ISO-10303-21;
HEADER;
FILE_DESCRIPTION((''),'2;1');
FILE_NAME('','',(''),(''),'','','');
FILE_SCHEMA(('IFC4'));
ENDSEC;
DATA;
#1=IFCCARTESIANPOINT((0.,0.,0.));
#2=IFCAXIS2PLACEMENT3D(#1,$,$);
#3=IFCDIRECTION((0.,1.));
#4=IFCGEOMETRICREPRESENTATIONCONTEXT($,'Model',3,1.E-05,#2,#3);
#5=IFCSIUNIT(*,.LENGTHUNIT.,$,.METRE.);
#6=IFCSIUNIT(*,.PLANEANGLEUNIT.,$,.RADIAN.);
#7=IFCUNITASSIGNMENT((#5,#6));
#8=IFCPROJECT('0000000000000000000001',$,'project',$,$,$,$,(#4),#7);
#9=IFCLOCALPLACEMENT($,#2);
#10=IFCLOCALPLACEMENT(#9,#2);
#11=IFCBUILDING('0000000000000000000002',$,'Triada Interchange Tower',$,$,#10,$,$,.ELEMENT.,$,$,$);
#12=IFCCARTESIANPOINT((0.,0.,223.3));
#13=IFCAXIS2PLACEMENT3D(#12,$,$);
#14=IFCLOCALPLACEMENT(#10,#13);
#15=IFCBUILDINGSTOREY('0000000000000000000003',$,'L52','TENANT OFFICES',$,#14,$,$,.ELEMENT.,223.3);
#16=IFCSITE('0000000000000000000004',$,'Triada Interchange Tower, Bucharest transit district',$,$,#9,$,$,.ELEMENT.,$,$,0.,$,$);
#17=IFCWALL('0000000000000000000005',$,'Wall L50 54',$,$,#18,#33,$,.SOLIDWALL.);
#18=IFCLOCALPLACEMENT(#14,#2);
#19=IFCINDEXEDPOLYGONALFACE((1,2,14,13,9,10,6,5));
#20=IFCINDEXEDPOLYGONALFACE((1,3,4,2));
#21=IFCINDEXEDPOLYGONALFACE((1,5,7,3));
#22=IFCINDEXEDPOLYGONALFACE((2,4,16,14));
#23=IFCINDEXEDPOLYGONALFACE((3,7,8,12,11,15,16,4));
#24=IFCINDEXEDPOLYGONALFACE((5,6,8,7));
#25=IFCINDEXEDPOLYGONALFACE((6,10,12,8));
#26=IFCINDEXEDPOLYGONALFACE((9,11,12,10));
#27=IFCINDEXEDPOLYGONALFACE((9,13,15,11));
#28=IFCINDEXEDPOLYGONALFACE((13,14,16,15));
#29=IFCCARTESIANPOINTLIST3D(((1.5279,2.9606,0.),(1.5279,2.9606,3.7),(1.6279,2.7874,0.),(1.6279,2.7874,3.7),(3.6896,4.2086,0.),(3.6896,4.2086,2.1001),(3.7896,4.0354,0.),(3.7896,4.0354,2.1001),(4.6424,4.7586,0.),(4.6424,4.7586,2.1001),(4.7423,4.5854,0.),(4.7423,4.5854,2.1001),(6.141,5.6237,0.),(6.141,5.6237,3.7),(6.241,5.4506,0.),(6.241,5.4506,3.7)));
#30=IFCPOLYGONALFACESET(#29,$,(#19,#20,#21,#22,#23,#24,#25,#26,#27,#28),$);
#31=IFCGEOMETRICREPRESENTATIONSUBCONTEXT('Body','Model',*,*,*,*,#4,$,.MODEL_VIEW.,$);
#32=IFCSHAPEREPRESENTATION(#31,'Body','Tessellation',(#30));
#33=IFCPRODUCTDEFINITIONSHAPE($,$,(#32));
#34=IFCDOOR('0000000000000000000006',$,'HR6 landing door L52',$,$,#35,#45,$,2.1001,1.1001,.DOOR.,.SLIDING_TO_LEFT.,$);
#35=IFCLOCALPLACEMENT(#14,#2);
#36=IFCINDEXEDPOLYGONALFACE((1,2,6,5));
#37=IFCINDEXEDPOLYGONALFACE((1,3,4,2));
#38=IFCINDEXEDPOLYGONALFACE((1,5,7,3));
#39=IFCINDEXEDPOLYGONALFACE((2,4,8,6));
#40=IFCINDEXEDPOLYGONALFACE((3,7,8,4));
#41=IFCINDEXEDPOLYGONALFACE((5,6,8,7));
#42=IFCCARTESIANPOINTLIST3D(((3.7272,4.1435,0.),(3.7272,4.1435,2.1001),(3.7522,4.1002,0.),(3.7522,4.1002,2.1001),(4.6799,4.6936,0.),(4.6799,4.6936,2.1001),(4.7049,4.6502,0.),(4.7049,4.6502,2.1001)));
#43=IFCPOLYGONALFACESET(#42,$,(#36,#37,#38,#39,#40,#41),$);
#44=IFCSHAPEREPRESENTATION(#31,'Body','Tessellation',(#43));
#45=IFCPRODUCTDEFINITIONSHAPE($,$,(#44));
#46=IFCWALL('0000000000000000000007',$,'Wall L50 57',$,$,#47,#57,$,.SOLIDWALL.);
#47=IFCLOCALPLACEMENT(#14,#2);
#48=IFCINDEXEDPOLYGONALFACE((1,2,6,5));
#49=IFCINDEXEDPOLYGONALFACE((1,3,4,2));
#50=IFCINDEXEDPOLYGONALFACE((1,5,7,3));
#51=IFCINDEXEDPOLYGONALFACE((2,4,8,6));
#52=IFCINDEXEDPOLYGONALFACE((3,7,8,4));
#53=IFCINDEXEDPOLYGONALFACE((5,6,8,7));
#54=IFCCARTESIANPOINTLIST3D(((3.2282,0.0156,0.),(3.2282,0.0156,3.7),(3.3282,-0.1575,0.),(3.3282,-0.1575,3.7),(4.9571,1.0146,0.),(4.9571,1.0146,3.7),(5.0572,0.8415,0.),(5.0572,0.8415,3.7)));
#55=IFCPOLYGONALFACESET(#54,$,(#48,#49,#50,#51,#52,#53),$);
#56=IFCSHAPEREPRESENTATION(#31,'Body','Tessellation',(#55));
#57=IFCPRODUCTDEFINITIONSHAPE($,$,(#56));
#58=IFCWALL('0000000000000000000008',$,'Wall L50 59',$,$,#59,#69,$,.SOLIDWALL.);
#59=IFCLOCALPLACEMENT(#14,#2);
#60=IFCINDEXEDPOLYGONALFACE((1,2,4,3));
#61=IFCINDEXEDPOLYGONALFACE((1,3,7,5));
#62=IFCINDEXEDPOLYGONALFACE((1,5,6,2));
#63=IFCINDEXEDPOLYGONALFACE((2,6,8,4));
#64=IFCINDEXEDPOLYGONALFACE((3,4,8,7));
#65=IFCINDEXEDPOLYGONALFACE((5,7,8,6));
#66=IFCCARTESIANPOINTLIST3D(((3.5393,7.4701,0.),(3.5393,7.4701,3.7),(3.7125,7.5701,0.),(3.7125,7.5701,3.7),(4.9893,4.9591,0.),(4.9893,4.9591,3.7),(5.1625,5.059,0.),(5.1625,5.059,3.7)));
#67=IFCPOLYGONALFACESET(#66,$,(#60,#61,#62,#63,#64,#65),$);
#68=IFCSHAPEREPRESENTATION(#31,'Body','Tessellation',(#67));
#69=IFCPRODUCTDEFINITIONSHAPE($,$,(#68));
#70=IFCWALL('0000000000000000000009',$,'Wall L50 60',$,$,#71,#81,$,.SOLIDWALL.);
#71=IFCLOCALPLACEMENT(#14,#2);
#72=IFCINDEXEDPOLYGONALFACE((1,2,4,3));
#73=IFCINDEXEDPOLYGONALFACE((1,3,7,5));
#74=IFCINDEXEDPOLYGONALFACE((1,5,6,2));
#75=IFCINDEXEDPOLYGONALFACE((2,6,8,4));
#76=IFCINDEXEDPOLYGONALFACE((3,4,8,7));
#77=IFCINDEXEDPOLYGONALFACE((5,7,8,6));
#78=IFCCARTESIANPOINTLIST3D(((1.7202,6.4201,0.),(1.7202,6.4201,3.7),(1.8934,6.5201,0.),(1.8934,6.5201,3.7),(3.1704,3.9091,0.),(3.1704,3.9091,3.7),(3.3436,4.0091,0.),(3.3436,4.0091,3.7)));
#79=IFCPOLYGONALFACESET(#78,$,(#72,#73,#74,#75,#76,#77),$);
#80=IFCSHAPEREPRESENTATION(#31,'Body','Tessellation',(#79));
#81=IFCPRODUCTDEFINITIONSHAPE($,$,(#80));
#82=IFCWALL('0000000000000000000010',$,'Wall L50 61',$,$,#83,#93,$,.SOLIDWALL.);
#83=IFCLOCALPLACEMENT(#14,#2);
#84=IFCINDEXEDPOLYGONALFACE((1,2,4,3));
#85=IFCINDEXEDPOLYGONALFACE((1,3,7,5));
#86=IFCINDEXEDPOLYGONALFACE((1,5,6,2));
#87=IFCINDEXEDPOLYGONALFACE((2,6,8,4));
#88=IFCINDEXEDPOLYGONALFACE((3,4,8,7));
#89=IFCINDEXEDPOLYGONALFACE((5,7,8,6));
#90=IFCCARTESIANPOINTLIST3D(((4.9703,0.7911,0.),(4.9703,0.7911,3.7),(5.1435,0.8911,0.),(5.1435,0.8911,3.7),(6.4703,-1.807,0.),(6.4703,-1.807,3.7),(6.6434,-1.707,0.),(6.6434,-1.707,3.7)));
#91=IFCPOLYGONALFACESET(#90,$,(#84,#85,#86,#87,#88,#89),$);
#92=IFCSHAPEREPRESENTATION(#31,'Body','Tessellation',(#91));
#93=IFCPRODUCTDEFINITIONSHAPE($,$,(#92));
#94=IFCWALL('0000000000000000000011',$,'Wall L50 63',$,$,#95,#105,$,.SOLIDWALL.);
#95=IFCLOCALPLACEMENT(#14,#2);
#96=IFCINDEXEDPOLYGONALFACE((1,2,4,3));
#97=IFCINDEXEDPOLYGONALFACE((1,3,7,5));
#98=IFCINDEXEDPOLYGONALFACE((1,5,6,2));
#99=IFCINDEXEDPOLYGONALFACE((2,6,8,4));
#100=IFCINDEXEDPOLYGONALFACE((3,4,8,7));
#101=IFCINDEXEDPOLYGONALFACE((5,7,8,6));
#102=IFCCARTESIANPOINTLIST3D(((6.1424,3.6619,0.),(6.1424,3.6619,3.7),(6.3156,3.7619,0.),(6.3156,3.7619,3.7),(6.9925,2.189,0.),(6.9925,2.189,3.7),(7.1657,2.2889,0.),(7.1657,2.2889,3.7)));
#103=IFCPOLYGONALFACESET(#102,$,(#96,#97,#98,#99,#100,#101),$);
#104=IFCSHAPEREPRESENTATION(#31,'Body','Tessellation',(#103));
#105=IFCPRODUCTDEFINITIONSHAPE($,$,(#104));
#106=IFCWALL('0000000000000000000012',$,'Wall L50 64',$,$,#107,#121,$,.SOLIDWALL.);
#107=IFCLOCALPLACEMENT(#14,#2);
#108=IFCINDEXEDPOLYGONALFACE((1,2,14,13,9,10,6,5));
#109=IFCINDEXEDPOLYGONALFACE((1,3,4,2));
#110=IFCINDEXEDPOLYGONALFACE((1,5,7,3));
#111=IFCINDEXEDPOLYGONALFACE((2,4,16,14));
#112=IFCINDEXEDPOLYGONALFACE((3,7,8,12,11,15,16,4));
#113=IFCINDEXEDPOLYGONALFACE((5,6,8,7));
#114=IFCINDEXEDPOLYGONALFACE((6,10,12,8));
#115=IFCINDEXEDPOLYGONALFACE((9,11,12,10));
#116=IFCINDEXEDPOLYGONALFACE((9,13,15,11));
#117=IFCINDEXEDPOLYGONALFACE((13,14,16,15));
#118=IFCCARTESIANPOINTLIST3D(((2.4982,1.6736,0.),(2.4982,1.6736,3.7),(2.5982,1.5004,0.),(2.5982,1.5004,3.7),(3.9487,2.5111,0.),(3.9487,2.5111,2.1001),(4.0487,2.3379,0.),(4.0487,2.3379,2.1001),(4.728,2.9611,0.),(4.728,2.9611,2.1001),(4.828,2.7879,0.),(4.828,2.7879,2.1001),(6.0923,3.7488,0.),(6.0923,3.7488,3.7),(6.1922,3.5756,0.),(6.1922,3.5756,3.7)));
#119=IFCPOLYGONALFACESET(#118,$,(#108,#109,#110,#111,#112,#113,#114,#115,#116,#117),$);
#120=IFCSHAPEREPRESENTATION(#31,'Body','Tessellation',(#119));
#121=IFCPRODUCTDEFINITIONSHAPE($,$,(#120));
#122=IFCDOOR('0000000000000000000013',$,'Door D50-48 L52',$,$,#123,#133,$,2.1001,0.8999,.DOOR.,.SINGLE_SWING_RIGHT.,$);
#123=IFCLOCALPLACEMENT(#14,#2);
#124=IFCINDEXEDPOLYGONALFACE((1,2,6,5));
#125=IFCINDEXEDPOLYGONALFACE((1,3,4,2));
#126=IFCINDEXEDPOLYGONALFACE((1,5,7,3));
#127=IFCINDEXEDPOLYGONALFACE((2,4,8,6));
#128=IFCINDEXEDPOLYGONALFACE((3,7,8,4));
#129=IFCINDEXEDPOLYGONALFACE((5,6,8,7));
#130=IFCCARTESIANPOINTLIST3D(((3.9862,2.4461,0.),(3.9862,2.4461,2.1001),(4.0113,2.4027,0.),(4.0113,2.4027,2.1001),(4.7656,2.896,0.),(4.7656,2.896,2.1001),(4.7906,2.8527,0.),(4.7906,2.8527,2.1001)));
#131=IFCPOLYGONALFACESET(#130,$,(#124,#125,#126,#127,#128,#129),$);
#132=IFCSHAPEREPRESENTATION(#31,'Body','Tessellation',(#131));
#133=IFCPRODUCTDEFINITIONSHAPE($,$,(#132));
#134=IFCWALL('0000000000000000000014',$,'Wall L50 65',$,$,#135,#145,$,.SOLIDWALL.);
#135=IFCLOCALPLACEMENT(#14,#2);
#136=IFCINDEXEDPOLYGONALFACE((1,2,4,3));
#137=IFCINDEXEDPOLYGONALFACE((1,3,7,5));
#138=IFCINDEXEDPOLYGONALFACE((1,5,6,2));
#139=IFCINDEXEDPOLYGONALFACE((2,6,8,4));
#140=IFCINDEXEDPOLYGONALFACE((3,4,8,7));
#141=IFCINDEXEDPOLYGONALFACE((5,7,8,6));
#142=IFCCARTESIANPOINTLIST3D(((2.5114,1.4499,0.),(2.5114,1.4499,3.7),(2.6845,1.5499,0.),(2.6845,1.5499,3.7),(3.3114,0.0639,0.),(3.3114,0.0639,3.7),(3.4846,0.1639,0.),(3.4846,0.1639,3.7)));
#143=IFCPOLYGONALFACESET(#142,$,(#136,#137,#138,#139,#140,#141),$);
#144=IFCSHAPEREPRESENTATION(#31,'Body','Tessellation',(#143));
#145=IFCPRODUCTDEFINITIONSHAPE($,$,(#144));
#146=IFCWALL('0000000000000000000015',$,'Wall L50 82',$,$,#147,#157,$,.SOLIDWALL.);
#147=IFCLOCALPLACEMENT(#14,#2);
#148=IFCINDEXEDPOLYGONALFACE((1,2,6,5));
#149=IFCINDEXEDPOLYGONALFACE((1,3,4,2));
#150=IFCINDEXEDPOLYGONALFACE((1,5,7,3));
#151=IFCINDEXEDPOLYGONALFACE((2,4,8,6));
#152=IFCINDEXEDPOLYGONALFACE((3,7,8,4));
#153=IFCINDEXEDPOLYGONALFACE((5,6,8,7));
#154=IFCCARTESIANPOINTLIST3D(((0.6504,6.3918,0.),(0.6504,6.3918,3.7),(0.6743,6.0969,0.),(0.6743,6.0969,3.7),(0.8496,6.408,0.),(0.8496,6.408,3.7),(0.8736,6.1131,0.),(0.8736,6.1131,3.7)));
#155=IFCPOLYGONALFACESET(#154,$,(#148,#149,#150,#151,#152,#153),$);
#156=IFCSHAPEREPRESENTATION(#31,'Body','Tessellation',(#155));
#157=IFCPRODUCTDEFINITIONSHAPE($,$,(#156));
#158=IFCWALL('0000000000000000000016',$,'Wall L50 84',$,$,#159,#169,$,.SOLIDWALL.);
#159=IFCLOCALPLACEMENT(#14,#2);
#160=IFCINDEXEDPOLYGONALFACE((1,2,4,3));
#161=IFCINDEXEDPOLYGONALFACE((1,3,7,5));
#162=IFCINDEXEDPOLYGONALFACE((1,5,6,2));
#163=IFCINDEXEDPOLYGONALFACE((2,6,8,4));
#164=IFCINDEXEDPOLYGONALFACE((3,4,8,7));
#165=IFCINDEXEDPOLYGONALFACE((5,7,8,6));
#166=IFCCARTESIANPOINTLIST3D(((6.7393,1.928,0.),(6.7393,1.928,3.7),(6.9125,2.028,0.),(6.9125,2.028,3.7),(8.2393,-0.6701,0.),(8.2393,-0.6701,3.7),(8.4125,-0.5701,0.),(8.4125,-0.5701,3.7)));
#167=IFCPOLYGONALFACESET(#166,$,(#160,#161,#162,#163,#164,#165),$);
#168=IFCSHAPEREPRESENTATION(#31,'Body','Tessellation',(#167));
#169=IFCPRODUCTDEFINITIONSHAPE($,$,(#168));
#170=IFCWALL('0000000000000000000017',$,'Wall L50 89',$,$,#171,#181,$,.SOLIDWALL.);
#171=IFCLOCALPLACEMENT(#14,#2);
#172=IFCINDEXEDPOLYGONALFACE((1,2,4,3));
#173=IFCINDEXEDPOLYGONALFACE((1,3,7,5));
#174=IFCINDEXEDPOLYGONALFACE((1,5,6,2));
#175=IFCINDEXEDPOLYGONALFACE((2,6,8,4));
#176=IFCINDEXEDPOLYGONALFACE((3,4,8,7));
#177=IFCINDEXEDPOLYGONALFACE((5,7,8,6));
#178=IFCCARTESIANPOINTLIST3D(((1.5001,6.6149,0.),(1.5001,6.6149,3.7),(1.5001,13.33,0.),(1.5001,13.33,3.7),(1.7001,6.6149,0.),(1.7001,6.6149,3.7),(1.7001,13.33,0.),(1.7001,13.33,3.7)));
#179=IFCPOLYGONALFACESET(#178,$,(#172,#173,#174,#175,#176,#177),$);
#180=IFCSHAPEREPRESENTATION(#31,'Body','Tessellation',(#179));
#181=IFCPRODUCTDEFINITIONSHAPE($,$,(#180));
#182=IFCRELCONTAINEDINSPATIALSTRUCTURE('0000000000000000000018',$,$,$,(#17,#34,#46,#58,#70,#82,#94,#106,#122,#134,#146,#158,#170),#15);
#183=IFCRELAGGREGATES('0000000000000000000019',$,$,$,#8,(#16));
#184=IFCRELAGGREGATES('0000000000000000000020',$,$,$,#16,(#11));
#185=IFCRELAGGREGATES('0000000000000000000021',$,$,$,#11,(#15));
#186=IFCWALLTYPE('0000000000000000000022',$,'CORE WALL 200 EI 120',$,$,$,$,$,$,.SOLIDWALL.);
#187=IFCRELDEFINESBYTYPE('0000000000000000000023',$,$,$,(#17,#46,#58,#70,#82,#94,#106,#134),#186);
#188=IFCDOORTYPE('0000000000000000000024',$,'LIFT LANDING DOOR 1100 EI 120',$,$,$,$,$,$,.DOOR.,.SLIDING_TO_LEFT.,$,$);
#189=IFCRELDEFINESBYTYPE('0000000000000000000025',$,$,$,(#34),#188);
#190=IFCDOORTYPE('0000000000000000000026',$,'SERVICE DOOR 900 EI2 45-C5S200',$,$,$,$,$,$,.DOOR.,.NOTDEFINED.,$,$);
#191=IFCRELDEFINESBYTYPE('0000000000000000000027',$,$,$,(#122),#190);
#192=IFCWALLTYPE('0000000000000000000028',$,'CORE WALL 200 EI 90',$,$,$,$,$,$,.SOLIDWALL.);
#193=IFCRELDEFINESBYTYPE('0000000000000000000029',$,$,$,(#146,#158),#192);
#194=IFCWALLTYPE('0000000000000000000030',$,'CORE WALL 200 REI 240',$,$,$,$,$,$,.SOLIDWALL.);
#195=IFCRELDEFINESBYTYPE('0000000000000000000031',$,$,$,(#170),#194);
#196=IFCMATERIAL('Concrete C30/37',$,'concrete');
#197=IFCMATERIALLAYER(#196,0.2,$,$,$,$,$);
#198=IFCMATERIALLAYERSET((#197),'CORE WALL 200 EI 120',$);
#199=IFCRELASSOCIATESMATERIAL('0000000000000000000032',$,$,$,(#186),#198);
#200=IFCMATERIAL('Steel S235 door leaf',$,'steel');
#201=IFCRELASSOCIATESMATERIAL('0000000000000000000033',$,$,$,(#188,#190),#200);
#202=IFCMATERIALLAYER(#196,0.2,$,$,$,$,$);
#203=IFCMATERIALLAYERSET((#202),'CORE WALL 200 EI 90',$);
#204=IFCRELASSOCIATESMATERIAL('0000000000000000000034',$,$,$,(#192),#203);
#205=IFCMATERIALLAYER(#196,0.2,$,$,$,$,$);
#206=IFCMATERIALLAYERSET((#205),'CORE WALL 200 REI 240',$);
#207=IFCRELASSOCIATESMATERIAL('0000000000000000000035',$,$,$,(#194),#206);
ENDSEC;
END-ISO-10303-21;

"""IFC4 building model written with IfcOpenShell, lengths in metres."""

from ifc_helpers import new_model, si_unit, direction, frame, frame_2d, origin, place, context, subcontext, project, spatial, rectangle, extrude, material, layer, layer_set, type_object, element, fill, save


model = new_model("IFC4")

# Units and contexts
model_context = context("Model", 3, precision=1e-05, world=origin(), true_north=direction((0.0, 1.0)))
body_context = subcontext(model_context, "Body", "Model", "MODEL_VIEW")
ifc_project = project(units=[si_unit("LENGTHUNIT", "METRE"), si_unit("PLANEANGLEUNIT", "RADIAN")], contexts=[model_context])

# Site, building, storey
site_placement = place(None, origin())
site = spatial("IfcSite", under=ifc_project, at=site_placement, Name="Triada Interchange Tower, Bucharest transit district", CompositionType="ELEMENT", RefElevation=0.0)
building_placement = place(site_placement, origin())
building = spatial("IfcBuilding", under=site, at=building_placement, Name="Triada Interchange Tower", CompositionType="ELEMENT")
storey_placement = place(building_placement, frame((0.0, 0.0, 223.3)))
storey = spatial("IfcBuildingStorey", under=building, at=storey_placement, Name="L52", Description="TENANT OFFICES", CompositionType="ELEMENT", Elevation=223.3)

# Shared definitions
ifc_material_1 = material(Name="Concrete C30/37", Category="concrete")
ifc_layer_1 = layer(ifc_material_1, 0.2)
ifc_layer_set_1 = layer_set([ifc_layer_1], Name="CORE WALL 200 EI 120")
wall_type_1 = type_object("IfcWallType", Name="CORE WALL 200 EI 120", PredefinedType="SOLIDWALL", material=ifc_layer_set_1)
ifc_material_2 = material(Name="Steel S235 door leaf", Category="steel")
door_type_1 = type_object("IfcDoorType", Name="LIFT LANDING DOOR 1100 EI 120", OperationType="SLIDING_TO_LEFT", PredefinedType="DOOR", material=ifc_material_2)

# Wall, opening, door
wall_1_placement = place(storey_placement, frame((1.5779, 2.874, 0.0), z_axis=(0.0, 0.0, 1.0), x_axis=(0.866046, 0.499964, 0.0)))
wall_1 = element("IfcWall", 1, at=wall_1_placement, inside=storey, type_object=wall_type_1, Name="Wall L50 54", PredefinedType="SOLIDWALL", context=body_context, shape_type="SweptSolid", body=[
    extrude(rectangle(XDim=5.3267, YDim=0.2, at=frame_2d((2.6633, 0.0))), origin(), (0.0, 0.0, 1.0), 3.7),
])
opening_1_placement = place(wall_1_placement, frame((2.4961, 0.0, 0.0)))
opening_1 = element("IfcOpeningElement", 2, at=opening_1_placement, cuts=wall_1, PredefinedType="OPENING", context=body_context, shape_type="SweptSolid", body=[
    extrude(rectangle(XDim=1.1001, YDim=2.1001, at=frame_2d((0.55, 1.05))), frame((0.0, 0.1099, 0.0), z_axis=(0.0, -1.0, 0.0), x_axis=(1.0, 0.0, 0.0)), (0.0, 0.0, 1.0), 0.22),
])
door_1_placement = place(opening_1_placement, origin())
door_1 = element("IfcDoor", 3, at=door_1_placement, inside=storey, type_object=door_type_1, Name="HR6 landing door L52", OperationType="SLIDING_TO_LEFT", OverallHeight=2.1001, OverallWidth=1.1001, PredefinedType="DOOR", context=body_context, shape_type="SweptSolid", body=[
    extrude(rectangle(XDim=1.1001, YDim=2.1001, at=frame_2d((0.55, 1.05))), frame((0.0, 0.0249, 0.0), z_axis=(0.0, -1.0, 0.0), x_axis=(1.0, 0.0, 0.0)), (0.0, 0.0, 1.0), 0.05),
])
fill(opening_1, door_1)

# Walls
wall_2_placement = place(storey_placement, frame((3.2781, -0.071, 0.0), z_axis=(0.0, 0.0, 1.0), x_axis=(0.865856, 0.500294, 0.0)))
element("IfcWall", 4, at=wall_2_placement, inside=storey, type_object=wall_type_1, Name="Wall L50 57", PredefinedType="SOLIDWALL", context=body_context, shape_type="SweptSolid", body=[
    extrude(rectangle(XDim=1.9968, YDim=0.2, at=frame_2d((0.9985, 0.0))), origin(), (0.0, 0.0, 1.0), 3.7),
])
for number, where, z_axis, x_axis, name in (
    (5, (3.626, 7.52, 0.0), (0.0, 0.0, 1.0), (0.50006, -0.865991, 0.0), "Wall L50 59"),
    (6, (1.8069, 6.47, 0.0), (0.0, 0.0, 1.0), (0.500123, -0.865954, 0.0), "Wall L50 60"),
):
    element("IfcWall", number, at=place(storey_placement, frame(where, z_axis=z_axis, x_axis=x_axis)), inside=storey, type_object=wall_type_1, Name=name, PredefinedType="SOLIDWALL", context=body_context, shape_type="SweptSolid", body=[
        extrude(rectangle(XDim=2.8997, YDim=0.2, at=frame_2d((1.4497, 0.0))), origin(), (0.0, 0.0, 1.0), 3.7),
    ])
wall_3_placement = place(storey_placement, frame((5.0569, 0.8411, 0.0), z_axis=(0.0, 0.0, 1.0), x_axis=(0.49999, -0.866031, 0.0)))
element("IfcWall", 7, at=wall_3_placement, inside=storey, type_object=wall_type_1, Name="Wall L50 61", PredefinedType="SOLIDWALL", context=body_context, shape_type="SweptSolid", body=[
    extrude(rectangle(XDim=3.0, YDim=0.2, at=frame_2d((1.5, 0.0))), origin(), (0.0, 0.0, 1.0), 3.7),
])
wall_4_placement = place(storey_placement, frame((6.229, 3.7119, 0.0), z_axis=(0.0, 0.0, 1.0), x_axis=(0.499876, -0.866097, 0.0)))
element("IfcWall", 8, at=wall_4_placement, inside=storey, type_object=wall_type_1, Name="Wall L50 63", PredefinedType="SOLIDWALL", context=body_context, shape_type="SweptSolid", body=[
    extrude(rectangle(XDim=1.7007, YDim=0.2, at=frame_2d((0.8503, 0.0))), origin(), (0.0, 0.0, 1.0), 3.7),
])

# Wall, opening, door
wall_5_placement = place(storey_placement, frame((2.5481, 1.5869, 0.0), z_axis=(0.0, 0.0, 1.0), x_axis=(0.866004, 0.500036, 0.0)))
wall_5 = element("IfcWall", 9, at=wall_5_placement, inside=storey, type_object=wall_type_1, Name="Wall L50 64", PredefinedType="SOLIDWALL", context=body_context, shape_type="SweptSolid", body=[
    extrude(rectangle(XDim=4.1501, YDim=0.2, at=frame_2d((2.0752, 0.0))), origin(), (0.0, 0.0, 1.0), 3.7),
])
opening_2_placement = place(wall_5_placement, frame((1.675, 0.0, 0.0)))
opening_2 = element("IfcOpeningElement", 10, at=opening_2_placement, cuts=wall_5, PredefinedType="OPENING", context=body_context, shape_type="SweptSolid", body=[
    extrude(rectangle(XDim=0.8999, YDim=2.1001, at=frame_2d((0.45, 1.05))), frame((0.0, 0.1099, 0.0), z_axis=(0.0, -1.0, 0.0), x_axis=(1.0, 0.0, 0.0)), (0.0, 0.0, 1.0), 0.22),
])
door_type_2 = type_object("IfcDoorType", Name="SERVICE DOOR 900 EI2 45-C5S200", OperationType="NOTDEFINED", PredefinedType="DOOR", material=ifc_material_2)
door_2_placement = place(opening_2_placement, origin())
door_2 = element("IfcDoor", 11, at=door_2_placement, inside=storey, type_object=door_type_2, Name="Door D50-48 L52", OperationType="SINGLE_SWING_RIGHT", OverallHeight=2.1001, OverallWidth=0.8999, PredefinedType="DOOR", context=body_context, shape_type="SweptSolid", body=[
    extrude(rectangle(XDim=0.8999, YDim=2.1001, at=frame_2d((0.45, 1.05))), frame((0.0, 0.0249, 0.0), z_axis=(0.0, -1.0, 0.0), x_axis=(1.0, 0.0, 0.0)), (0.0, 0.0, 1.0), 0.05),
])
fill(opening_2, door_2)

# Walls
wall_6_placement = place(storey_placement, frame((2.5979, 1.5, 0.0), z_axis=(0.0, 0.0, 1.0), x_axis=(0.499929, -0.866066, 0.0)))
element("IfcWall", 12, at=wall_6_placement, inside=storey, type_object=wall_type_1, Name="Wall L50 65", PredefinedType="SOLIDWALL", context=body_context, shape_type="SweptSolid", body=[
    extrude(rectangle(XDim=1.6003, YDim=0.2, at=frame_2d((0.8003, 0.0))), origin(), (0.0, 0.0, 1.0), 3.7),
])
ifc_layer_2 = layer(ifc_material_1, 0.2)
ifc_layer_set_2 = layer_set([ifc_layer_2], Name="CORE WALL 200 EI 90")
wall_type_2 = type_object("IfcWallType", Name="CORE WALL 200 EI 90", PredefinedType="SOLIDWALL", material=ifc_layer_set_2)
wall_7_placement = place(storey_placement, frame((0.75, 6.3999, 0.0), z_axis=(0.0, 0.0, 1.0), x_axis=(0.08086, -0.996725, 0.0)))
element("IfcWall", 13, at=wall_7_placement, inside=storey, type_object=wall_type_2, Name="Wall L50 82", PredefinedType="SOLIDWALL", context=body_context, shape_type="SweptSolid", body=[
    extrude(rectangle(XDim=0.2959, YDim=0.2, at=frame_2d((0.1479, 0.0))), origin(), (0.0, 0.0, 1.0), 3.7),
])
wall_8_placement = place(storey_placement, frame((6.8259, 1.978, 0.0), z_axis=(0.0, 0.0, 1.0), x_axis=(0.49999, -0.866031, 0.0)))
element("IfcWall", 14, at=wall_8_placement, inside=storey, type_object=wall_type_2, Name="Wall L50 84", PredefinedType="SOLIDWALL", context=body_context, shape_type="SweptSolid", body=[
    extrude(rectangle(XDim=3.0, YDim=0.2, at=frame_2d((1.5, 0.0))), origin(), (0.0, 0.0, 1.0), 3.7),
])
ifc_layer_3 = layer(ifc_material_1, 0.2)
ifc_layer_set_3 = layer_set([ifc_layer_3], Name="CORE WALL 200 REI 240")
wall_type_3 = type_object("IfcWallType", Name="CORE WALL 200 REI 240", PredefinedType="SOLIDWALL", material=ifc_layer_set_3)
wall_9_placement = place(storey_placement, frame((1.6001, 6.615, 0.0), z_axis=(0.0, 0.0, 1.0), x_axis=(0.0, 1.0, 0.0)))
element("IfcWall", 15, at=wall_9_placement, inside=storey, type_object=wall_type_3, Name="Wall L50 89", PredefinedType="SOLIDWALL", context=body_context, shape_type="SweptSolid", body=[
    extrude(rectangle(XDim=6.7151, YDim=0.2, at=frame_2d((3.3574, 0.0))), origin(), (0.0, 0.0, 1.0), 3.7),
])

save(model, "model.ifc")
